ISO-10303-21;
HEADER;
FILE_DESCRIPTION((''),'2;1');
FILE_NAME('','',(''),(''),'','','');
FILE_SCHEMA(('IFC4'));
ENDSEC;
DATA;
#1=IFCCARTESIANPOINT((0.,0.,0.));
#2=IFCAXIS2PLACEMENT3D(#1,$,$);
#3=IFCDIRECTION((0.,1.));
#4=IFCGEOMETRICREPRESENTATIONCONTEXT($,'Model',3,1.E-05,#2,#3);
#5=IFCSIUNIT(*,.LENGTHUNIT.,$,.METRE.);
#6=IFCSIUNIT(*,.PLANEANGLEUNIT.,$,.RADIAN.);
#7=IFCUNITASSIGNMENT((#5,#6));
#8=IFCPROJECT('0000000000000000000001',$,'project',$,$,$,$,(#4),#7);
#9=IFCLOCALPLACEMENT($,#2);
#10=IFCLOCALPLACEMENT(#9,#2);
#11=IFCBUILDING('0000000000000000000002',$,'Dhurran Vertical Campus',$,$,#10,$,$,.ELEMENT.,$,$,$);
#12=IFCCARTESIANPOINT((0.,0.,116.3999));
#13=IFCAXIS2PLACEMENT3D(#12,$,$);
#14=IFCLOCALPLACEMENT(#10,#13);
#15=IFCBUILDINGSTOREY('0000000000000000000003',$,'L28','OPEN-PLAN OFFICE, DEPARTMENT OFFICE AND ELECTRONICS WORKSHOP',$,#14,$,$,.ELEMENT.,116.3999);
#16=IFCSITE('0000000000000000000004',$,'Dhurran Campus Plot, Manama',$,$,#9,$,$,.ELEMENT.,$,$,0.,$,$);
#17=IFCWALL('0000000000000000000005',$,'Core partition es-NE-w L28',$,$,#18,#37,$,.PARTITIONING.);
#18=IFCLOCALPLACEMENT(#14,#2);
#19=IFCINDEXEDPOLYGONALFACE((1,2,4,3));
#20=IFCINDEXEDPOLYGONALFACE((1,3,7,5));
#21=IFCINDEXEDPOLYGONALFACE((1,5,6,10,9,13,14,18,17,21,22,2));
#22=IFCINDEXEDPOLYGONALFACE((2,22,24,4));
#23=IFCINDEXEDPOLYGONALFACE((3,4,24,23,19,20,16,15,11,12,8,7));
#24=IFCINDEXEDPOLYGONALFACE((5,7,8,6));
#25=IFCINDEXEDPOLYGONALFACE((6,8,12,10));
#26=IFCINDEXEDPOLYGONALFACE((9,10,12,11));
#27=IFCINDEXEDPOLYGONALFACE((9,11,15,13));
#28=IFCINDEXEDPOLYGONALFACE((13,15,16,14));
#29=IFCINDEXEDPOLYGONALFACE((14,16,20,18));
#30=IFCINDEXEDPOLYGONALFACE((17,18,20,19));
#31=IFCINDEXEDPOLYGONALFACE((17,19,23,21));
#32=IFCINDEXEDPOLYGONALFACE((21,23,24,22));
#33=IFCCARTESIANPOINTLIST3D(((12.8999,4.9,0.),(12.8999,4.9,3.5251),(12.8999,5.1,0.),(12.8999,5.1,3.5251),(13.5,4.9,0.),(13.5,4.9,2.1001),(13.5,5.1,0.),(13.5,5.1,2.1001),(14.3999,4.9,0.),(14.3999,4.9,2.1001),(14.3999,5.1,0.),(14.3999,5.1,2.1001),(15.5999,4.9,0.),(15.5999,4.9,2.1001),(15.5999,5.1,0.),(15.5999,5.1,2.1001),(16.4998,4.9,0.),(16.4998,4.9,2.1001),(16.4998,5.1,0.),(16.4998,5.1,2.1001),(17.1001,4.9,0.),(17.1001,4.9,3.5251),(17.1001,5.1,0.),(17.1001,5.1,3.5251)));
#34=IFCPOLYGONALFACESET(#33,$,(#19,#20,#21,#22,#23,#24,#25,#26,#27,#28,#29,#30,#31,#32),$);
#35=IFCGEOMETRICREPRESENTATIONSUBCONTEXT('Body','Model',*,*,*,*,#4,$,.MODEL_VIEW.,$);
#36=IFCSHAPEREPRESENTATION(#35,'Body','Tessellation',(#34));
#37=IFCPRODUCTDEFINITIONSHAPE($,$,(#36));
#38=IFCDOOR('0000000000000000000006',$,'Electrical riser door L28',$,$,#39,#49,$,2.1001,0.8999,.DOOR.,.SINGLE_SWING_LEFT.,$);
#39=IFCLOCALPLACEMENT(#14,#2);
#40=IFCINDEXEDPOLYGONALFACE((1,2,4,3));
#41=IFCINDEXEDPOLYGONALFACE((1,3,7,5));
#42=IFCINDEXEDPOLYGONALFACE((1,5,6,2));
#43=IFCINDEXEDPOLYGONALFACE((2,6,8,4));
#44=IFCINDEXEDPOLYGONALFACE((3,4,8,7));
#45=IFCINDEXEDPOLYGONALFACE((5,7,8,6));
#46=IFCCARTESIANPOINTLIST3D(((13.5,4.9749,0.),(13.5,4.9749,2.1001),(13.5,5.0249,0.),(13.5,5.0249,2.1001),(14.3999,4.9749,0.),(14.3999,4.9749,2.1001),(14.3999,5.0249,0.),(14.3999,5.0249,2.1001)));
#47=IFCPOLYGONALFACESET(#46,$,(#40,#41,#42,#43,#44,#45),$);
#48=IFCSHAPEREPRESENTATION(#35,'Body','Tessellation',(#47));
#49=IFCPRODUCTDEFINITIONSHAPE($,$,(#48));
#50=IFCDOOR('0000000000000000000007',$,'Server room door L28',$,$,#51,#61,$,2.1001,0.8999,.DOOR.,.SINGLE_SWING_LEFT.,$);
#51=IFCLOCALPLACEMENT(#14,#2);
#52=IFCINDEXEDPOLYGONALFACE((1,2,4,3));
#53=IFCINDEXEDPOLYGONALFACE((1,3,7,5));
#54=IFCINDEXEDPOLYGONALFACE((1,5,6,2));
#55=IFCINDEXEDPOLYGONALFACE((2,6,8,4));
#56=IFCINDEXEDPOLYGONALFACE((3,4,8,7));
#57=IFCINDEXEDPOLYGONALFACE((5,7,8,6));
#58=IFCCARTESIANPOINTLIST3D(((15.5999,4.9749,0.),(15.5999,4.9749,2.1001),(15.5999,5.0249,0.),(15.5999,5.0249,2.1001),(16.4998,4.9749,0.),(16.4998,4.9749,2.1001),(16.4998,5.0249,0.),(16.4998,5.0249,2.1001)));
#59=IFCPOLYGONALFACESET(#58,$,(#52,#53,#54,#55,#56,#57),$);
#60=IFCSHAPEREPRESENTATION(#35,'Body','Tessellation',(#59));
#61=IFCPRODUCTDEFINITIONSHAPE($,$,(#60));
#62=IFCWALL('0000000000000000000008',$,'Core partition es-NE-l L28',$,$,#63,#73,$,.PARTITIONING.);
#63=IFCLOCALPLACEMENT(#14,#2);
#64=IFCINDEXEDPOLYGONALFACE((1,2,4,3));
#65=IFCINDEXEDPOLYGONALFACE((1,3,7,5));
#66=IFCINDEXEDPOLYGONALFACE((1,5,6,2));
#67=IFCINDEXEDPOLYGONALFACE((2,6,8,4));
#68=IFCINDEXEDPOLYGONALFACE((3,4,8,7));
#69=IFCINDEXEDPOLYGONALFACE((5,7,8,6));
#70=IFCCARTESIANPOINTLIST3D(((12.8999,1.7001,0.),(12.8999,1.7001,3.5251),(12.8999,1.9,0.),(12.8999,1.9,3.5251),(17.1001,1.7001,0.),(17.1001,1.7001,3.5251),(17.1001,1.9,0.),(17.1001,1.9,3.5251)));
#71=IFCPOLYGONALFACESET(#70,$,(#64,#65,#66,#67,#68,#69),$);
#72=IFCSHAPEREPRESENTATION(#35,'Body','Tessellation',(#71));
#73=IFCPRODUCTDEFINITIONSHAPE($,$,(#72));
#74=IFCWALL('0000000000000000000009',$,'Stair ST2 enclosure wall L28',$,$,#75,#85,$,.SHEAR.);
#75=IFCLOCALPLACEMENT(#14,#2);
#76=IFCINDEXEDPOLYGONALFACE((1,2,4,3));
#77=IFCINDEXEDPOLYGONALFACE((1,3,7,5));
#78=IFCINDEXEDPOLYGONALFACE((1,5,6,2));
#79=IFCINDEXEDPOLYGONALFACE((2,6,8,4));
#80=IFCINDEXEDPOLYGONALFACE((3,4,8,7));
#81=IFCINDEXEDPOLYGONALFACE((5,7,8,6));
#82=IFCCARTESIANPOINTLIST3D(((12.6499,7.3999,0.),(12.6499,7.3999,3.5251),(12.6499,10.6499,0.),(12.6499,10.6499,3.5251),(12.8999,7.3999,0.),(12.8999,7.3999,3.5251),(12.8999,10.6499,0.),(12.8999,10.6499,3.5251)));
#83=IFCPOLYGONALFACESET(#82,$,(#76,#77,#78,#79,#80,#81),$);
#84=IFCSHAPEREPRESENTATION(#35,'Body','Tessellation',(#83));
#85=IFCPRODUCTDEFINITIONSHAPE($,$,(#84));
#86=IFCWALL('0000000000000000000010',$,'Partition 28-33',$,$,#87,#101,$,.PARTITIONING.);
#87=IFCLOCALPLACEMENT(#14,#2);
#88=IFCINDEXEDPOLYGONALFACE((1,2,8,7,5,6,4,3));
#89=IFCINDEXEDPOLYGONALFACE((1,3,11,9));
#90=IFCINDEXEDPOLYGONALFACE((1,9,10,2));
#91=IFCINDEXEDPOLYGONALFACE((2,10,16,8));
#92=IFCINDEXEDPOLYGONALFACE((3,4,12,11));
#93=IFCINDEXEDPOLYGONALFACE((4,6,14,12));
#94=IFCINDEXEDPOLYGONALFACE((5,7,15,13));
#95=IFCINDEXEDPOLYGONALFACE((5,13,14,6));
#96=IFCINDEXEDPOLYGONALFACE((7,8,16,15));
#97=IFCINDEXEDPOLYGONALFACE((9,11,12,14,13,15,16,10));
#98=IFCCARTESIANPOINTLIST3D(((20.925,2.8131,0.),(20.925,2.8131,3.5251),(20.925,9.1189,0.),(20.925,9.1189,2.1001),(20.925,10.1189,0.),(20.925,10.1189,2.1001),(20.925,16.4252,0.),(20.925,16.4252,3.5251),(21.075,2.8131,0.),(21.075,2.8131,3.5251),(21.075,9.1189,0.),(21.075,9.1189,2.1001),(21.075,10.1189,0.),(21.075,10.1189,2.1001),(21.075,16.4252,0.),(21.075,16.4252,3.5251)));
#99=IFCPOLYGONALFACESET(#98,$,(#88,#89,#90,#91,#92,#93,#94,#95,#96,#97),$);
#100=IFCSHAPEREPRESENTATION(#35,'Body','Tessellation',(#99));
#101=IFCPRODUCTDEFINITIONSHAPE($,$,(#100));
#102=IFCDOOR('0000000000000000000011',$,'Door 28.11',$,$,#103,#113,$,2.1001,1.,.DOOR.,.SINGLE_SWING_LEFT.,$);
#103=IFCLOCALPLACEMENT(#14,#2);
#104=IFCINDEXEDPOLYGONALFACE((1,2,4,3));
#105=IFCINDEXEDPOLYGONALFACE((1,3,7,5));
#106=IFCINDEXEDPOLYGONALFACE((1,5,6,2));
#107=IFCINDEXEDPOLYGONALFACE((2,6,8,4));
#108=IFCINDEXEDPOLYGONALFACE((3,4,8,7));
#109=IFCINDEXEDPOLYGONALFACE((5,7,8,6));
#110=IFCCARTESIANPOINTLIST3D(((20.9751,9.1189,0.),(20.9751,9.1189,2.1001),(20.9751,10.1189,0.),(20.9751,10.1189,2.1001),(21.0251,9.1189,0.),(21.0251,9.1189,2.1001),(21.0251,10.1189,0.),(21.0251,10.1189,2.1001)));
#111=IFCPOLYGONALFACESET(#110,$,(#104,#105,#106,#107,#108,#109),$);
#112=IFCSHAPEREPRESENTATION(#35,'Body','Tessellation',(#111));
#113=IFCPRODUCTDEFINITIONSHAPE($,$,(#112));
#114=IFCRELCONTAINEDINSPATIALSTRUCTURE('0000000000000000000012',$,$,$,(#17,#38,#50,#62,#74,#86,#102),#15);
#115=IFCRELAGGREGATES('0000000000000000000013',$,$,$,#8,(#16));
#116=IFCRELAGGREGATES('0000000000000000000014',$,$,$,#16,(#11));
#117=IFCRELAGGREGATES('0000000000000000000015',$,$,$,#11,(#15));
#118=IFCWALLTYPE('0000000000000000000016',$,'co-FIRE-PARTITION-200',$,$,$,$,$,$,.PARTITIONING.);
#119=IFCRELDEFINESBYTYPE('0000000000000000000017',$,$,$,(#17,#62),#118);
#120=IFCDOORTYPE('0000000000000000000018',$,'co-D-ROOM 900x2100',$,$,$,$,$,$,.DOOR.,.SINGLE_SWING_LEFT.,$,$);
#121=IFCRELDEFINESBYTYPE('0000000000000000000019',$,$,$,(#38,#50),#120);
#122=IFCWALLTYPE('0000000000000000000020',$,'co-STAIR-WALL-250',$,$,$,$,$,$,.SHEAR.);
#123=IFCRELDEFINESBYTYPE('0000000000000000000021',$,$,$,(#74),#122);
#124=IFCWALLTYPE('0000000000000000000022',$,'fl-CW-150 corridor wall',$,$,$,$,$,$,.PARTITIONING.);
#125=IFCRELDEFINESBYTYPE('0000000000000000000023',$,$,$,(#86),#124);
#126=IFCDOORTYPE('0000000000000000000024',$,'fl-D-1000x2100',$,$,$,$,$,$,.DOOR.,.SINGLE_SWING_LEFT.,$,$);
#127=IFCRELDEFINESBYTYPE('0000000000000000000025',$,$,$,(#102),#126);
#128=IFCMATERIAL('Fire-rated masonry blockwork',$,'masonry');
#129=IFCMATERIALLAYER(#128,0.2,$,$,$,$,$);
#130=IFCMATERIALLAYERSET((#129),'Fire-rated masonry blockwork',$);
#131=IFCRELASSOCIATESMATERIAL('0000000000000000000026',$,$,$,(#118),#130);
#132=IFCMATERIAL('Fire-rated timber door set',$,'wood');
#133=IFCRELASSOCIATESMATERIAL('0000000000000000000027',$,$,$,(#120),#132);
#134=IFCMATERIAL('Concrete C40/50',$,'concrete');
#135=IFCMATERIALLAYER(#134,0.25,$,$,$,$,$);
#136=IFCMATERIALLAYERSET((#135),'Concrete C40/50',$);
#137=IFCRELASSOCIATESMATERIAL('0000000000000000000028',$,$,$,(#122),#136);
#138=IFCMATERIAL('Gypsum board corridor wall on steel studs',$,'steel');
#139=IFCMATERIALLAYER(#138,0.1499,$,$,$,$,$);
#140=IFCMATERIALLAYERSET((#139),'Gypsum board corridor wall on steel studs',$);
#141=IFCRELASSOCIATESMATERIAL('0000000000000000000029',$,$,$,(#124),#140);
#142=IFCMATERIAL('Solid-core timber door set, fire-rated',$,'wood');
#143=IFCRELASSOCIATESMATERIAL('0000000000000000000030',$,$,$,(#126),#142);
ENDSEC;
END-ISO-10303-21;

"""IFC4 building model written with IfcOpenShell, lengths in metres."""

from ifc_helpers import new_model, si_unit, direction, frame, frame_2d, origin, place, context, subcontext, project, spatial, rectangle, extrude, material, layer, layer_set, type_object, element, fill, save


model = new_model("IFC4")

# Units and contexts
model_context = context("Model", 3, precision=1e-05, world=origin(), true_north=direction((0.0, 1.0)))
body_context = subcontext(model_context, "Body", "Model", "MODEL_VIEW")
ifc_project = project(units=[si_unit("LENGTHUNIT", "METRE"), si_unit("PLANEANGLEUNIT", "RADIAN")], contexts=[model_context])

# Site, building, storey
site_placement = place(None, origin())
site = spatial("IfcSite", under=ifc_project, at=site_placement, Name="Dhurran Campus Plot, Manama", CompositionType="ELEMENT", RefElevation=0.0)
building_placement = place(site_placement, origin())
building = spatial("IfcBuilding", under=site, at=building_placement, Name="Dhurran Vertical Campus", CompositionType="ELEMENT")
storey_placement = place(building_placement, frame((0.0, 0.0, 116.3999)))
storey = spatial("IfcBuildingStorey", under=building, at=storey_placement, Name="L28", Description="OPEN-PLAN OFFICE, DEPARTMENT OFFICE AND ELECTRONICS WORKSHOP", CompositionType="ELEMENT", Elevation=116.3999)

# Shared definitions
ifc_material_1 = material(Name="Fire-rated masonry blockwork", Category="masonry")
ifc_layer_1 = layer(ifc_material_1, 0.2)
ifc_layer_set_1 = layer_set([ifc_layer_1], Name="Fire-rated masonry blockwork")
wall_type_1 = type_object("IfcWallType", Name="co-FIRE-PARTITION-200", PredefinedType="PARTITIONING", material=ifc_layer_set_1)

# Shared definitions
ifc_material_2 = material(Name="Fire-rated timber door set", Category="wood")
door_type_1 = type_object("IfcDoorType", Name="co-D-ROOM 900x2100", OperationType="SINGLE_SWING_LEFT", PredefinedType="DOOR", material=ifc_material_2)

# Wall, openings, doors
wall_1_placement = place(storey_placement, frame((12.8999, 5.0, 0.0), z_axis=(0.0, 0.0, 1.0), x_axis=(1.0, 0.0, 0.0)))
wall_1 = element("IfcWall", 1, at=wall_1_placement, inside=storey, type_object=wall_type_1, Name="Core partition es-NE-w L28", PredefinedType="PARTITIONING", context=body_context, shape_type="SweptSolid", body=[
    extrude(rectangle(XDim=4.2002, YDim=0.2, at=frame_2d((2.1001, 0.0))), origin(), (0.0, 0.0, 1.0), 3.5251),
])
opening_1_placement = place(wall_1_placement, frame((0.6001, 0.0, 0.0)))
opening_1 = element("IfcOpeningElement", 2, at=opening_1_placement, cuts=wall_1, PredefinedType="OPENING", context=body_context, shape_type="SweptSolid", body=[
    extrude(rectangle(XDim=0.8999, YDim=2.1001, at=frame_2d((0.45, 1.05))), frame((0.0, 0.1099, 0.0), z_axis=(0.0, -1.0, 0.0), x_axis=(1.0, 0.0, 0.0)), (0.0, 0.0, 1.0), 0.22),
])
opening_2_placement = place(wall_1_placement, frame((2.7, 0.0, 0.0)))
opening_2 = element("IfcOpeningElement", 3, at=opening_2_placement, cuts=wall_1, PredefinedType="OPENING", context=body_context, shape_type="SweptSolid", body=[
    extrude(rectangle(XDim=0.8999, YDim=2.1001, at=frame_2d((0.45, 1.05))), frame((0.0, 0.1099, 0.0), z_axis=(0.0, -1.0, 0.0), x_axis=(1.0, 0.0, 0.0)), (0.0, 0.0, 1.0), 0.22),
])
door_1_placement = place(opening_1_placement, origin())
door_1 = element("IfcDoor", 4, at=door_1_placement, inside=storey, type_object=door_type_1, Name="Electrical riser door L28", OperationType="SINGLE_SWING_LEFT", OverallHeight=2.1001, OverallWidth=0.8999, PredefinedType="DOOR", context=body_context, shape_type="SweptSolid", body=[
    extrude(rectangle(XDim=0.8999, YDim=2.1001, at=frame_2d((0.45, 1.05))), frame((0.0, 0.0249, 0.0), z_axis=(0.0, -1.0, 0.0), x_axis=(1.0, 0.0, 0.0)), (0.0, 0.0, 1.0), 0.05),
])
fill(opening_1, door_1)
door_2_placement = place(opening_2_placement, origin())
door_2 = element("IfcDoor", 5, at=door_2_placement, inside=storey, type_object=door_type_1, Name="Server room door L28", OperationType="SINGLE_SWING_LEFT", OverallHeight=2.1001, OverallWidth=0.8999, PredefinedType="DOOR", context=body_context, shape_type="SweptSolid", body=[
    extrude(rectangle(XDim=0.8999, YDim=2.1001, at=frame_2d((0.45, 1.05))), frame((0.0, 0.0249, 0.0), z_axis=(0.0, -1.0, 0.0), x_axis=(1.0, 0.0, 0.0)), (0.0, 0.0, 1.0), 0.05),
])
fill(opening_2, door_2)

# Walls
wall_2_placement = place(storey_placement, frame((12.8999, 1.8, 0.0), z_axis=(0.0, 0.0, 1.0), x_axis=(1.0, 0.0, 0.0)))
element("IfcWall", 6, at=wall_2_placement, inside=storey, type_object=wall_type_1, Name="Core partition es-NE-l L28", PredefinedType="PARTITIONING", context=body_context, shape_type="SweptSolid", body=[
    extrude(rectangle(XDim=4.2002, YDim=0.2, at=frame_2d((2.1001, 0.0))), origin(), (0.0, 0.0, 1.0), 3.5251),
])
ifc_material_3 = material(Name="Concrete C40/50", Category="concrete")
ifc_layer_2 = layer(ifc_material_3, 0.25)
ifc_layer_set_2 = layer_set([ifc_layer_2], Name="Concrete C40/50")
wall_type_2 = type_object("IfcWallType", Name="co-STAIR-WALL-250", PredefinedType="SHEAR", material=ifc_layer_set_2)
wall_3_placement = place(storey_placement, frame((12.7749, 7.3999, 0.0), z_axis=(0.0, 0.0, 1.0), x_axis=(0.0, 1.0, 0.0)))
element("IfcWall", 7, at=wall_3_placement, inside=storey, type_object=wall_type_2, Name="Stair ST2 enclosure wall L28", PredefinedType="SHEAR", context=body_context, shape_type="SweptSolid", body=[
    extrude(rectangle(XDim=3.25, YDim=0.25, at=frame_2d((1.625, 0.0))), origin(), (0.0, 0.0, 1.0), 3.5251),
])

# Wall, opening, door
ifc_material_4 = material(Name="Gypsum board corridor wall on steel studs", Category="steel")
ifc_layer_3 = layer(ifc_material_4, 0.1499)
ifc_layer_set_3 = layer_set([ifc_layer_3], Name="Gypsum board corridor wall on steel studs")
wall_type_3 = type_object("IfcWallType", Name="fl-CW-150 corridor wall", PredefinedType="PARTITIONING", material=ifc_layer_set_3)
wall_4_placement = place(storey_placement, frame((21.0, 2.813, 0.0), z_axis=(0.0, 0.0, 1.0), x_axis=(0.0, 1.0, 0.0)))
wall_4 = element("IfcWall", 8, at=wall_4_placement, inside=storey, type_object=wall_type_3, Name="Partition 28-33", PredefinedType="PARTITIONING", context=body_context, shape_type="SweptSolid", body=[
    extrude(rectangle(XDim=13.6121, YDim=0.1499, at=frame_2d((6.8062, 0.0))), origin(), (0.0, 0.0, 1.0), 3.5251),
])
opening_3_placement = place(wall_4_placement, frame((6.3059, 0.0, 0.0)))
opening_3 = element("IfcOpeningElement", 9, at=opening_3_placement, cuts=wall_4, PredefinedType="OPENING", context=body_context, shape_type="SweptSolid", body=[
    extrude(rectangle(XDim=1.0, YDim=2.1001, at=frame_2d((0.5, 1.05))), frame((0.0, 0.085, 0.0), z_axis=(0.0, -1.0, 0.0), x_axis=(1.0, 0.0, 0.0)), (0.0, 0.0, 1.0), 0.1699),
])
ifc_material_5 = material(Name="Solid-core timber door set, fire-rated", Category="wood")
door_type_2 = type_object("IfcDoorType", Name="fl-D-1000x2100", OperationType="SINGLE_SWING_LEFT", PredefinedType="DOOR", material=ifc_material_5)
door_3_placement = place(opening_3_placement, origin())
door_3 = element("IfcDoor", 10, at=door_3_placement, inside=storey, type_object=door_type_2, Name="Door 28.11", OperationType="SINGLE_SWING_LEFT", OverallHeight=2.1001, OverallWidth=1.0, PredefinedType="DOOR", context=body_context, shape_type="SweptSolid", body=[
    extrude(rectangle(XDim=1.0, YDim=2.1001, at=frame_2d((0.5, 1.05))), frame((0.0, 0.0249, 0.0), z_axis=(0.0, -1.0, 0.0), x_axis=(1.0, 0.0, 0.0)), (0.0, 0.0, 1.0), 0.05),
])
fill(opening_3, door_3)

save(model, "model.ifc")
